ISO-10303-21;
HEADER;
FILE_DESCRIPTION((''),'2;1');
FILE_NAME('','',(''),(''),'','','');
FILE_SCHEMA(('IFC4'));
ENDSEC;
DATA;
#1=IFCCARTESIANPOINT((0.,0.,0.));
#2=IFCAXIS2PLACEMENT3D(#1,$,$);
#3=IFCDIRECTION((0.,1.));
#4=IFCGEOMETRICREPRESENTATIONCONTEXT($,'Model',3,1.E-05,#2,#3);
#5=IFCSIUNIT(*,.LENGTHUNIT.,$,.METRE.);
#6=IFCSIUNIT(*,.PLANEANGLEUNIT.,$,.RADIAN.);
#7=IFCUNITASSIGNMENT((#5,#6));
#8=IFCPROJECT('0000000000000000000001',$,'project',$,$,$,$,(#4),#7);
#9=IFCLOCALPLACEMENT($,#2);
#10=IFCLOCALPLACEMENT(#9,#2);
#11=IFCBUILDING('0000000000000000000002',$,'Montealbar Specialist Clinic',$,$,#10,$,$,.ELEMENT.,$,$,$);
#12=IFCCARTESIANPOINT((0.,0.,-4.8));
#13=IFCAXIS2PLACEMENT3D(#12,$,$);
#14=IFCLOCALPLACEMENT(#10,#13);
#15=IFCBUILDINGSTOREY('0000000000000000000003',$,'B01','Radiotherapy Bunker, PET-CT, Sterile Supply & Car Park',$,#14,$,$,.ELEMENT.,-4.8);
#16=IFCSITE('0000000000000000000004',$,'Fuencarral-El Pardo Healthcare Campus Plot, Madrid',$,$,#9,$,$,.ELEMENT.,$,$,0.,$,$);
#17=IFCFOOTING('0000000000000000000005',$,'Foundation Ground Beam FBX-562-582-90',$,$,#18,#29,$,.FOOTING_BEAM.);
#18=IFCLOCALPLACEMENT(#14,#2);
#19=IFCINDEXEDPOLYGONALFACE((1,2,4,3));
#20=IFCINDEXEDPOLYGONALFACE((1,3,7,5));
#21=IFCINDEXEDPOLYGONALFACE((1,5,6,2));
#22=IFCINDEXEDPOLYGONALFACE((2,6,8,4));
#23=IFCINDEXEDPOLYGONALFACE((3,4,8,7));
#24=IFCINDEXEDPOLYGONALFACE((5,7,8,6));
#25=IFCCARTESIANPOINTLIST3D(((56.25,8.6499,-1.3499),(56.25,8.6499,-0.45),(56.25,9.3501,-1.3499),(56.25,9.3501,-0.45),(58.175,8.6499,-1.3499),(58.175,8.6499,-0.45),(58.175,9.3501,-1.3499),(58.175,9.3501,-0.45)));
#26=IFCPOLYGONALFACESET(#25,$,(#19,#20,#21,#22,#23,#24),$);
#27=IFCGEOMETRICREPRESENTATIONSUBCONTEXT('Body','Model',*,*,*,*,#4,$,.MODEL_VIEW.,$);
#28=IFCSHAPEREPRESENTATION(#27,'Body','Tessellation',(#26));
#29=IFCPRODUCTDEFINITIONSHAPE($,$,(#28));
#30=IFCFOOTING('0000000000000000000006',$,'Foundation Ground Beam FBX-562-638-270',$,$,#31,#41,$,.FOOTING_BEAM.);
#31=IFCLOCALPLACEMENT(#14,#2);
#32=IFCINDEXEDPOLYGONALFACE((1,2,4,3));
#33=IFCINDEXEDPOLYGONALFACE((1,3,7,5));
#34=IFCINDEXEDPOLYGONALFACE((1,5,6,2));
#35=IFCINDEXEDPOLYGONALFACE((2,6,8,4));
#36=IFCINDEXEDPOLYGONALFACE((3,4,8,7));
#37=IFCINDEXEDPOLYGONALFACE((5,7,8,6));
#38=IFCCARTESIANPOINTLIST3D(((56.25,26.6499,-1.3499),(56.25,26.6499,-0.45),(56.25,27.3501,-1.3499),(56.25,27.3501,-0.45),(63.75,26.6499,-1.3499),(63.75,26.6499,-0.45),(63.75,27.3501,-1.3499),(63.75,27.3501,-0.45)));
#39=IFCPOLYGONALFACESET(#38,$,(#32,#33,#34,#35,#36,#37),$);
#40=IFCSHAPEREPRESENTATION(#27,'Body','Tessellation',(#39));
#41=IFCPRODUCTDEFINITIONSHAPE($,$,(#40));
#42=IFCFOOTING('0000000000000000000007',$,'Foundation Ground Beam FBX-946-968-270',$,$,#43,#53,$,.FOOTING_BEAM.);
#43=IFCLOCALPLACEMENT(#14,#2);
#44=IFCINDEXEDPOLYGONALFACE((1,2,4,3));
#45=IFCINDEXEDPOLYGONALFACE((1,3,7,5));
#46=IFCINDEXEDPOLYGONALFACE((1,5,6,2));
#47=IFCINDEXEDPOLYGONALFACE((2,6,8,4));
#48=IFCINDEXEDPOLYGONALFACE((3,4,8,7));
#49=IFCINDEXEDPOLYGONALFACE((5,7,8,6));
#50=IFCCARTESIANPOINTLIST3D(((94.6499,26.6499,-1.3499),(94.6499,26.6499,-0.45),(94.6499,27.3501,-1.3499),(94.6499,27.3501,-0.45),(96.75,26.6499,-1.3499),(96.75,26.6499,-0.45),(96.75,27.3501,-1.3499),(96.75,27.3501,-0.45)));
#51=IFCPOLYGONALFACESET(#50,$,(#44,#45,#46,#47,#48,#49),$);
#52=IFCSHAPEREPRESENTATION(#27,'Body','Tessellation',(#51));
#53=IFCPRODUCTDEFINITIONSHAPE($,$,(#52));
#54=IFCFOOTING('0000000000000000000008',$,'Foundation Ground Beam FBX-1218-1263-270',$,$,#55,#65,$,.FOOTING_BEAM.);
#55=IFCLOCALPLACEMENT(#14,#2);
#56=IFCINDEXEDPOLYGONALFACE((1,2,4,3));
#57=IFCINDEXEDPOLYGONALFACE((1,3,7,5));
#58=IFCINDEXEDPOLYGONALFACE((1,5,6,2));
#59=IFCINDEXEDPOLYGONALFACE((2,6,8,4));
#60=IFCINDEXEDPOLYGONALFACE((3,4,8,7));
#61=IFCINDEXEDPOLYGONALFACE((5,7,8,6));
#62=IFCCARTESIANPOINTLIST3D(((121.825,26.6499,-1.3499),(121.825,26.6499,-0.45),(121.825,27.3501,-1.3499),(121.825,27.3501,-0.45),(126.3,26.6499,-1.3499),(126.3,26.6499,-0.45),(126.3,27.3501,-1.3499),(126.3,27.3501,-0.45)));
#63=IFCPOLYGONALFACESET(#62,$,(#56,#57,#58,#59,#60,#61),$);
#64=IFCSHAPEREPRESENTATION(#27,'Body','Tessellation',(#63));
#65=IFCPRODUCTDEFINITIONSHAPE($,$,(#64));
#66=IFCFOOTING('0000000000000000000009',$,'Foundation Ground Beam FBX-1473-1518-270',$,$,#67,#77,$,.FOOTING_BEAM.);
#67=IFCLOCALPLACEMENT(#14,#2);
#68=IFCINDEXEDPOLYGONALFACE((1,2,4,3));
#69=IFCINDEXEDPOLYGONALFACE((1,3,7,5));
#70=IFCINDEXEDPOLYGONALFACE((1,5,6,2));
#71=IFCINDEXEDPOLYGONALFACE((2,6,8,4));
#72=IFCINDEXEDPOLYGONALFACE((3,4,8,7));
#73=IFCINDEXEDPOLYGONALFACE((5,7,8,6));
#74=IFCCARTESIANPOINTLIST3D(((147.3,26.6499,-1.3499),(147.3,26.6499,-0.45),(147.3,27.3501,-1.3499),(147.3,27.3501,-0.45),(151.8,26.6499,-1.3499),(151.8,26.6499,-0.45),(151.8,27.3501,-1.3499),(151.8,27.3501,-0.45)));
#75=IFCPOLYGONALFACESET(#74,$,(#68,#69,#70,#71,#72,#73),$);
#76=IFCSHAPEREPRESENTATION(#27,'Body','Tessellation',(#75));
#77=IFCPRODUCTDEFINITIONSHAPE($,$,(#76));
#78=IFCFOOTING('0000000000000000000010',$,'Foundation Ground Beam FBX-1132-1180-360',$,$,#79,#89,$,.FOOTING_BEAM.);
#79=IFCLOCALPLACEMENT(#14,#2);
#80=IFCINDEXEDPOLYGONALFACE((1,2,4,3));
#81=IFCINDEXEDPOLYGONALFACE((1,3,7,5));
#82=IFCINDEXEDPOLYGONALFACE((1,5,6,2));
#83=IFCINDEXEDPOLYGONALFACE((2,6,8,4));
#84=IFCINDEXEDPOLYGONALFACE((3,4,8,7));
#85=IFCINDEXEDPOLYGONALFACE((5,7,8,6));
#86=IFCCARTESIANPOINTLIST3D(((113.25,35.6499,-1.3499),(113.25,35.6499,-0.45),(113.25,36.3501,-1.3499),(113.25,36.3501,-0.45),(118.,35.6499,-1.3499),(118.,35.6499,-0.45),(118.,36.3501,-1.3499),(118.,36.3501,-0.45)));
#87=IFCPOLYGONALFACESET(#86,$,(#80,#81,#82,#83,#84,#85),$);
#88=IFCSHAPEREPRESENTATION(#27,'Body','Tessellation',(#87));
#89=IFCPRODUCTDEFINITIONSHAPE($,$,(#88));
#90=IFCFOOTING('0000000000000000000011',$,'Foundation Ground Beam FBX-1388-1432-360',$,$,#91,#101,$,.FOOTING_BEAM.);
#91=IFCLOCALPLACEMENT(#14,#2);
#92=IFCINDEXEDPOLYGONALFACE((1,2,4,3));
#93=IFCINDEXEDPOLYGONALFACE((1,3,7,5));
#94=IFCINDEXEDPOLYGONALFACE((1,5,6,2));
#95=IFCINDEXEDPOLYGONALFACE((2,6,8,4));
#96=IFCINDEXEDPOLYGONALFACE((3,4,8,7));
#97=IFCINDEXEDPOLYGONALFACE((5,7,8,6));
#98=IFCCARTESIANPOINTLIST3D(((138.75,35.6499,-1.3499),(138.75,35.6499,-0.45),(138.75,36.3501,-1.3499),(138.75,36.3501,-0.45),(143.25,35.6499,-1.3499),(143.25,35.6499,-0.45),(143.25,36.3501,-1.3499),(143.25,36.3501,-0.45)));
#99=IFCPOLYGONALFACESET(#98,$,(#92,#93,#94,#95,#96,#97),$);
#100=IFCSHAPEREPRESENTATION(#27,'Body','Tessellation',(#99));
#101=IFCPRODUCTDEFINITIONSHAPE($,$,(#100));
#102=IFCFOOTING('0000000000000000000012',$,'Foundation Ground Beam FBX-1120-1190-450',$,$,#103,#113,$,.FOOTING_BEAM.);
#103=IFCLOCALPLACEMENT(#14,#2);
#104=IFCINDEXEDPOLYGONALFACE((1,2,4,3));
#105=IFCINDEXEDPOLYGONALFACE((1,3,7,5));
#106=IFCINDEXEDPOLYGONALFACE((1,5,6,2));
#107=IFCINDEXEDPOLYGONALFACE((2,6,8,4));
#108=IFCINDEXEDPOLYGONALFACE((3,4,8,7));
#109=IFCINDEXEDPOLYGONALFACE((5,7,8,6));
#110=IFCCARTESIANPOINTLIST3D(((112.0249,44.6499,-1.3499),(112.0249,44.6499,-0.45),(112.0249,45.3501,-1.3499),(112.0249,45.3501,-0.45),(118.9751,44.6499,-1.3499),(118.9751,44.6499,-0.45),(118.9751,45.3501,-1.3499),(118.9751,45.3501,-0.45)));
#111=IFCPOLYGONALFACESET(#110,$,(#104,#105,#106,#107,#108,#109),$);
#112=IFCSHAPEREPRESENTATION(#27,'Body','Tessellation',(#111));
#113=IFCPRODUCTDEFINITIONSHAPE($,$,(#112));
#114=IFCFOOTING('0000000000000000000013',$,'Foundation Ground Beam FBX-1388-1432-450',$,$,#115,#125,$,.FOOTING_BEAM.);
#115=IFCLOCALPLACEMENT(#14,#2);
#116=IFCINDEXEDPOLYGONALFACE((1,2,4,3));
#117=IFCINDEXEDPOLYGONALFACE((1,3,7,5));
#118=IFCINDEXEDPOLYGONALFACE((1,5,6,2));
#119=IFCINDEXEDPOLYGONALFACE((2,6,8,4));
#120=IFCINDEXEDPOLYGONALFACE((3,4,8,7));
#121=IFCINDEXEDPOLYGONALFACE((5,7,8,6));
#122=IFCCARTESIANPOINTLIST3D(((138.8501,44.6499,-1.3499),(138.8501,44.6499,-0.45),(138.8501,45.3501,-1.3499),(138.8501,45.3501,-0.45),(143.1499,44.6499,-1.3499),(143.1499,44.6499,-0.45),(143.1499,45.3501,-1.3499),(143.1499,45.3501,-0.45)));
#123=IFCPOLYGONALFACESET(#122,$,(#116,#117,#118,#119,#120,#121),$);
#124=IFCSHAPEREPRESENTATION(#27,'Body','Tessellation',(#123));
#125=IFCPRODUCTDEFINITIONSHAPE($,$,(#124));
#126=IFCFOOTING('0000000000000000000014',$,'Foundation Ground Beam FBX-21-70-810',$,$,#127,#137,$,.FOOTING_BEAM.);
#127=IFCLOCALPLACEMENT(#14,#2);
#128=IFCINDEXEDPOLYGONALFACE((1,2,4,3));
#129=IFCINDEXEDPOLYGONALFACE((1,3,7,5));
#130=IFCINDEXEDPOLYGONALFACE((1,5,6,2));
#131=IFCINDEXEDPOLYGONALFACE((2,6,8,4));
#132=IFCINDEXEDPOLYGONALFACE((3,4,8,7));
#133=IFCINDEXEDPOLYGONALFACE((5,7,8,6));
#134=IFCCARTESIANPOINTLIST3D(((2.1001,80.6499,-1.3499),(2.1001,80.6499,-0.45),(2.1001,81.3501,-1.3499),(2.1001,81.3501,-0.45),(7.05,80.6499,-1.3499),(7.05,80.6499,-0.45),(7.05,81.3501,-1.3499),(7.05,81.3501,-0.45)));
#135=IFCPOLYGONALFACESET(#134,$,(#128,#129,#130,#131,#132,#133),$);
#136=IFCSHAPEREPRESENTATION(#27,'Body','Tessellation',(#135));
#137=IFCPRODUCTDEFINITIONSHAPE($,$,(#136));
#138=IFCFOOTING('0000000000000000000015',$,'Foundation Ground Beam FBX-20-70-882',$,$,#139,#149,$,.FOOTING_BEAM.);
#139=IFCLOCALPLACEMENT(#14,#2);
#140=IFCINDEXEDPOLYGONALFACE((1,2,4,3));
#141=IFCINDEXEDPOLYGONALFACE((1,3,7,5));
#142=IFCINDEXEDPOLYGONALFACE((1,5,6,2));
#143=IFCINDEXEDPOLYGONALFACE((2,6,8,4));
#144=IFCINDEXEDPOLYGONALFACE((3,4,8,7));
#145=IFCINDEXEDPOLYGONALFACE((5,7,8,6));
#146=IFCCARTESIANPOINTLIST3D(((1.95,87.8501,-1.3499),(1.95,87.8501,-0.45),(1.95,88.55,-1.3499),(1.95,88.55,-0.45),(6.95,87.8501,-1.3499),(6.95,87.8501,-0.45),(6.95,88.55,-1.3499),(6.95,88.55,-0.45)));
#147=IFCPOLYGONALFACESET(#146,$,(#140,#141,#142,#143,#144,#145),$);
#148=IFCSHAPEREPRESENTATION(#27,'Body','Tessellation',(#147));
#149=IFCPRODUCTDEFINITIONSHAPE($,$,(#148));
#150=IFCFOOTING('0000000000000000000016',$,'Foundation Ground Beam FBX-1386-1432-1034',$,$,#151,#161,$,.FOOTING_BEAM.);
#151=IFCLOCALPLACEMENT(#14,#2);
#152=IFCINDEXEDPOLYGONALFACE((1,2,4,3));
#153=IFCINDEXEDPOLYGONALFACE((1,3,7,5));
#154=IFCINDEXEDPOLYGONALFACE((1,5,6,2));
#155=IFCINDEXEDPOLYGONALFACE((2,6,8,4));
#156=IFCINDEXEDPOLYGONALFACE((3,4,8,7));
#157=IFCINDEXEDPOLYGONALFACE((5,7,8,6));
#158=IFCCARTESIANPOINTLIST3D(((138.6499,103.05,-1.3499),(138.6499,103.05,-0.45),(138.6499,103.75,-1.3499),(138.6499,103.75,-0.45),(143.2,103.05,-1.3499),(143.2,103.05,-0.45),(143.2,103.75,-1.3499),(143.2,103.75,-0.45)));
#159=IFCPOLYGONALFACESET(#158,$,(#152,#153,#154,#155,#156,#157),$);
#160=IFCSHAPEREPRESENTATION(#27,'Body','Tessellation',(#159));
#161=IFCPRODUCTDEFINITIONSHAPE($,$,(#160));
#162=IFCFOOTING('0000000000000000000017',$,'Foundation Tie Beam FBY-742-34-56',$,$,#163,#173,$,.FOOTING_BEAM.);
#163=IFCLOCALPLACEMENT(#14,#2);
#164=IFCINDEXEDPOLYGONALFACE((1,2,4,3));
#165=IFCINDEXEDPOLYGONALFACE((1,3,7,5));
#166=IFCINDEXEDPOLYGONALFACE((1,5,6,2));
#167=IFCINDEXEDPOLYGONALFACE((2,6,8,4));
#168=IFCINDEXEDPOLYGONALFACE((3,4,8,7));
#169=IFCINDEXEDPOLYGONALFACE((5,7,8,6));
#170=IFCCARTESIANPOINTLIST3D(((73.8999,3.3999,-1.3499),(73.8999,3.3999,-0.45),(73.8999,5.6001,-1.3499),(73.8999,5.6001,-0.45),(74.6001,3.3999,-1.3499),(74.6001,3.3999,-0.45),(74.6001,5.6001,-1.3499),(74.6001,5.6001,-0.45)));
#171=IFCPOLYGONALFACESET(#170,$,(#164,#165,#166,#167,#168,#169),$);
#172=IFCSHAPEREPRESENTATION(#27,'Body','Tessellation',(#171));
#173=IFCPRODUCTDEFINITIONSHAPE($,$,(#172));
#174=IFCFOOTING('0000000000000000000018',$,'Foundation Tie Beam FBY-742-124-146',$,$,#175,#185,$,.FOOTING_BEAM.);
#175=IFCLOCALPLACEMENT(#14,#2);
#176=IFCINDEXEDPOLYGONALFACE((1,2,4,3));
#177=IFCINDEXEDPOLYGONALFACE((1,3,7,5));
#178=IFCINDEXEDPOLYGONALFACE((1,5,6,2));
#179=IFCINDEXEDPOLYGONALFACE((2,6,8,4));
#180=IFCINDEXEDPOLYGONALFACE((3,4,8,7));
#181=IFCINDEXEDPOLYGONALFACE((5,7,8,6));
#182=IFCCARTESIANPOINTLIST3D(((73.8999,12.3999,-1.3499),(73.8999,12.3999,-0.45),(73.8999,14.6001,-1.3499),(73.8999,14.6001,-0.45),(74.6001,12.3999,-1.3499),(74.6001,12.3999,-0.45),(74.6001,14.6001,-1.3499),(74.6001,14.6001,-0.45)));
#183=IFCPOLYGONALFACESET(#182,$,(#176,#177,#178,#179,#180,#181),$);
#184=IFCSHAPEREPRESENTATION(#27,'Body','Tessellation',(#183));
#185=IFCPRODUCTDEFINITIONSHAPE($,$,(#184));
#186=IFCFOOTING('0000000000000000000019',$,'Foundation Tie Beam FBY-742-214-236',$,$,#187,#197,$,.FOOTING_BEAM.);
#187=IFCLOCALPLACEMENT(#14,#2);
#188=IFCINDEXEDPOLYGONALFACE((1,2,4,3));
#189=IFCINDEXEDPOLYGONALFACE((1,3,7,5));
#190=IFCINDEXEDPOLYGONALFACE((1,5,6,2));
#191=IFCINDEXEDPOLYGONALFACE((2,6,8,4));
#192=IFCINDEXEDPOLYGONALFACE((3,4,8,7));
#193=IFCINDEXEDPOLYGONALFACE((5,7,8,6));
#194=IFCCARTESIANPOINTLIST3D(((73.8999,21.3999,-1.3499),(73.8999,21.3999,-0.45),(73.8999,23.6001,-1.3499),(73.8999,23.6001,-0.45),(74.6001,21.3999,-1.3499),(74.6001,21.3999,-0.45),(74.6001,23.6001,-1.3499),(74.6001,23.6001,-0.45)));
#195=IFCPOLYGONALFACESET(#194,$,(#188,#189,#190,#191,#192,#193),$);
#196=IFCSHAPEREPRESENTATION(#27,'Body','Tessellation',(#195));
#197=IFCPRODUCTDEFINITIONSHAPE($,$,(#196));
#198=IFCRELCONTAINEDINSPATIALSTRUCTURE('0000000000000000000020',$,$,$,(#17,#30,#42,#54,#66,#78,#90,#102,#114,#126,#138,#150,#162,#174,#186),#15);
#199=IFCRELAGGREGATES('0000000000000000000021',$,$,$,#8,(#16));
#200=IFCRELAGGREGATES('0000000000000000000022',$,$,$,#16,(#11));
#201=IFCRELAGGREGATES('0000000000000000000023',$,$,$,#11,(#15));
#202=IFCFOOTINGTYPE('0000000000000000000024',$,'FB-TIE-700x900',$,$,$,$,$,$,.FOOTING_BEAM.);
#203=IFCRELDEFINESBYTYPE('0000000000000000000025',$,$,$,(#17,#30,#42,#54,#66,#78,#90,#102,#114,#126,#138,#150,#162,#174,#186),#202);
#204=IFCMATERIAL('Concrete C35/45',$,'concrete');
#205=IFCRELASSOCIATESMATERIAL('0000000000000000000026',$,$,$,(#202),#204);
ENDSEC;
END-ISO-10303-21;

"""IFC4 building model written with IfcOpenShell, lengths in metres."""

from ifc_helpers import new_model, si_unit, direction, frame, origin, place, context, subcontext, project, spatial, polyline, outline, extrude, material, type_object, element, save


model = new_model("IFC4")

# Units and contexts
model_context = context("Model", 3, precision=1e-05, world=origin(), true_north=direction((0.0, 1.0)))
body_context = subcontext(model_context, "Body", "Model", "MODEL_VIEW")
ifc_project = project(units=[si_unit("LENGTHUNIT", "METRE"), si_unit("PLANEANGLEUNIT", "RADIAN")], contexts=[model_context])

# Site, building, storey
site_placement = place(None, origin())
site = spatial("IfcSite", under=ifc_project, at=site_placement, Name="Fuencarral-El Pardo Healthcare Campus Plot, Madrid", CompositionType="ELEMENT", RefElevation=0.0)
building_placement = place(site_placement, origin())
building = spatial("IfcBuilding", under=site, at=building_placement, Name="Montealbar Specialist Clinic", CompositionType="ELEMENT")
storey_placement = place(building_placement, frame((0.0, 0.0, -4.8)))
storey = spatial("IfcBuildingStorey", under=building, at=storey_placement, Name="B01", Description="Radiotherapy Bunker, PET-CT, Sterile Supply & Car Park", CompositionType="ELEMENT", Elevation=-4.8)

# Footings
ifc_material = material(Name="Concrete C35/45", Category="concrete")
footing_type_1 = type_object("IfcFootingType", Name="FB-TIE-700x900", PredefinedType="FOOTING_BEAM", material=ifc_material)
footing_1_placement = place(storey_placement, frame((0.0, 0.0, -1.3499)))
element("IfcFooting", 1, at=footing_1_placement, inside=storey, type_object=footing_type_1, Name="Foundation Ground Beam FBX-562-582-90", PredefinedType="FOOTING_BEAM", context=body_context, shape_type="SweptSolid", body=[
    extrude(outline(polyline([(56.25, 8.6499), (58.175, 8.6499), (58.175, 9.3501), (56.25, 9.3501), (56.25, 8.6499)])), origin(), (0.0, 0.0, 1.0), 0.8999),
])
footing_2_placement = place(storey_placement, frame((0.0, 0.0, -1.3499)))
element("IfcFooting", 2, at=footing_2_placement, inside=storey, type_object=footing_type_1, Name="Foundation Ground Beam FBX-562-638-270", PredefinedType="FOOTING_BEAM", context=body_context, shape_type="SweptSolid", body=[
    extrude(outline(polyline([(56.25, 26.6499), (63.75, 26.6499), (63.75, 27.3501), (56.25, 27.3501), (56.25, 26.6499)])), origin(), (0.0, 0.0, 1.0), 0.8999),
])
footing_3_placement = place(storey_placement, frame((0.0, 0.0, -1.3499)))
element("IfcFooting", 3, at=footing_3_placement, inside=storey, type_object=footing_type_1, Name="Foundation Ground Beam FBX-946-968-270", PredefinedType="FOOTING_BEAM", context=body_context, shape_type="SweptSolid", body=[
    extrude(outline(polyline([(94.6499, 26.6499), (96.75, 26.6499), (96.75, 27.3501), (94.6499, 27.3501), (94.6499, 26.6499)])), origin(), (0.0, 0.0, 1.0), 0.8999),
])
footing_4_placement = place(storey_placement, frame((0.0, 0.0, -1.3499)))
element("IfcFooting", 4, at=footing_4_placement, inside=storey, type_object=footing_type_1, Name="Foundation Ground Beam FBX-1218-1263-270", PredefinedType="FOOTING_BEAM", context=body_context, shape_type="SweptSolid", body=[
    extrude(outline(polyline([(121.825, 26.6499), (126.3, 26.6499), (126.3, 27.3501), (121.825, 27.3501), (121.825, 26.6499)])), origin(), (0.0, 0.0, 1.0), 0.8999),
])
footing_5_placement = place(storey_placement, frame((0.0, 0.0, -1.3499)))
element("IfcFooting", 5, at=footing_5_placement, inside=storey, type_object=footing_type_1, Name="Foundation Ground Beam FBX-1473-1518-270", PredefinedType="FOOTING_BEAM", context=body_context, shape_type="SweptSolid", body=[
    extrude(outline(polyline([(147.3, 26.6499), (151.8, 26.6499), (151.8, 27.3501), (147.3, 27.3501), (147.3, 26.6499)])), origin(), (0.0, 0.0, 1.0), 0.8999),
])
footing_6_placement = place(storey_placement, frame((0.0, 0.0, -1.3499)))
element("IfcFooting", 6, at=footing_6_placement, inside=storey, type_object=footing_type_1, Name="Foundation Ground Beam FBX-1132-1180-360", PredefinedType="FOOTING_BEAM", context=body_context, shape_type="SweptSolid", body=[
    extrude(outline(polyline([(113.25, 35.6499), (118.0, 35.6499), (118.0, 36.3501), (113.25, 36.3501), (113.25, 35.6499)])), origin(), (0.0, 0.0, 1.0), 0.8999),
])
footing_7_placement = place(storey_placement, frame((0.0, 0.0, -1.3499)))
element("IfcFooting", 7, at=footing_7_placement, inside=storey, type_object=footing_type_1, Name="Foundation Ground Beam FBX-1388-1432-360", PredefinedType="FOOTING_BEAM", context=body_context, shape_type="SweptSolid", body=[
    extrude(outline(polyline([(138.75, 35.6499), (143.25, 35.6499), (143.25, 36.3501), (138.75, 36.3501), (138.75, 35.6499)])), origin(), (0.0, 0.0, 1.0), 0.8999),
])
footing_8_placement = place(storey_placement, frame((0.0, 0.0, -1.3499)))
element("IfcFooting", 8, at=footing_8_placement, inside=storey, type_object=footing_type_1, Name="Foundation Ground Beam FBX-1120-1190-450", PredefinedType="FOOTING_BEAM", context=body_context, shape_type="SweptSolid", body=[
    extrude(outline(polyline([(112.0249, 44.6499), (118.9751, 44.6499), (118.9751, 45.3501), (112.0249, 45.3501), (112.0249, 44.6499)])), origin(), (0.0, 0.0, 1.0), 0.8999),
])
footing_9_placement = place(storey_placement, frame((0.0, 0.0, -1.3499)))
element("IfcFooting", 9, at=footing_9_placement, inside=storey, type_object=footing_type_1, Name="Foundation Ground Beam FBX-1388-1432-450", PredefinedType="FOOTING_BEAM", context=body_context, shape_type="SweptSolid", body=[
    extrude(outline(polyline([(138.8501, 44.6499), (143.1499, 44.6499), (143.1499, 45.3501), (138.8501, 45.3501), (138.8501, 44.6499)])), origin(), (0.0, 0.0, 1.0), 0.8999),
])
footing_10_placement = place(storey_placement, frame((0.0, 0.0, -1.3499)))
element("IfcFooting", 10, at=footing_10_placement, inside=storey, type_object=footing_type_1, Name="Foundation Ground Beam FBX-21-70-810", PredefinedType="FOOTING_BEAM", context=body_context, shape_type="SweptSolid", body=[
    extrude(outline(polyline([(2.1001, 80.6499), (7.05, 80.6499), (7.05, 81.3501), (2.1001, 81.3501), (2.1001, 80.6499)])), origin(), (0.0, 0.0, 1.0), 0.8999),
])
footing_11_placement = place(storey_placement, frame((0.0, 0.0, -1.3499)))
element("IfcFooting", 11, at=footing_11_placement, inside=storey, type_object=footing_type_1, Name="Foundation Ground Beam FBX-20-70-882", PredefinedType="FOOTING_BEAM", context=body_context, shape_type="SweptSolid", body=[
    extrude(outline(polyline([(1.95, 87.8501), (6.95, 87.8501), (6.95, 88.55), (1.95, 88.55), (1.95, 87.8501)])), origin(), (0.0, 0.0, 1.0), 0.8999),
])
footing_12_placement = place(storey_placement, frame((0.0, 0.0, -1.3499)))
element("IfcFooting", 12, at=footing_12_placement, inside=storey, type_object=footing_type_1, Name="Foundation Ground Beam FBX-1386-1432-1034", PredefinedType="FOOTING_BEAM", context=body_context, shape_type="SweptSolid", body=[
    extrude(outline(polyline([(138.6499, 103.05), (143.2, 103.05), (143.2, 103.75), (138.6499, 103.75), (138.6499, 103.05)])), origin(), (0.0, 0.0, 1.0), 0.8999),
])
footing_13_placement = place(storey_placement, frame((0.0, 0.0, -1.3499)))
element("IfcFooting", 13, at=footing_13_placement, inside=storey, type_object=footing_type_1, Name="Foundation Tie Beam FBY-742-34-56", PredefinedType="FOOTING_BEAM", context=body_context, shape_type="SweptSolid", body=[
    extrude(outline(polyline([(73.8999, 3.3999), (74.6001, 3.3999), (74.6001, 5.6001), (73.8999, 5.6001), (73.8999, 3.3999)])), origin(), (0.0, 0.0, 1.0), 0.8999),
])
footing_14_placement = place(storey_placement, frame((0.0, 0.0, -1.3499)))
element("IfcFooting", 14, at=footing_14_placement, inside=storey, type_object=footing_type_1, Name="Foundation Tie Beam FBY-742-124-146", PredefinedType="FOOTING_BEAM", context=body_context, shape_type="SweptSolid", body=[
    extrude(outline(polyline([(73.8999, 12.3999), (74.6001, 12.3999), (74.6001, 14.6001), (73.8999, 14.6001), (73.8999, 12.3999)])), origin(), (0.0, 0.0, 1.0), 0.8999),
])
footing_15_placement = place(storey_placement, frame((0.0, 0.0, -1.3499)))
element("IfcFooting", 15, at=footing_15_placement, inside=storey, type_object=footing_type_1, Name="Foundation Tie Beam FBY-742-214-236", PredefinedType="FOOTING_BEAM", context=body_context, shape_type="SweptSolid", body=[
    extrude(outline(polyline([(73.8999, 21.3999), (74.6001, 21.3999), (74.6001, 23.6001), (73.8999, 23.6001), (73.8999, 21.3999)])), origin(), (0.0, 0.0, 1.0), 0.8999),
])

save(model, "model.ifc")
